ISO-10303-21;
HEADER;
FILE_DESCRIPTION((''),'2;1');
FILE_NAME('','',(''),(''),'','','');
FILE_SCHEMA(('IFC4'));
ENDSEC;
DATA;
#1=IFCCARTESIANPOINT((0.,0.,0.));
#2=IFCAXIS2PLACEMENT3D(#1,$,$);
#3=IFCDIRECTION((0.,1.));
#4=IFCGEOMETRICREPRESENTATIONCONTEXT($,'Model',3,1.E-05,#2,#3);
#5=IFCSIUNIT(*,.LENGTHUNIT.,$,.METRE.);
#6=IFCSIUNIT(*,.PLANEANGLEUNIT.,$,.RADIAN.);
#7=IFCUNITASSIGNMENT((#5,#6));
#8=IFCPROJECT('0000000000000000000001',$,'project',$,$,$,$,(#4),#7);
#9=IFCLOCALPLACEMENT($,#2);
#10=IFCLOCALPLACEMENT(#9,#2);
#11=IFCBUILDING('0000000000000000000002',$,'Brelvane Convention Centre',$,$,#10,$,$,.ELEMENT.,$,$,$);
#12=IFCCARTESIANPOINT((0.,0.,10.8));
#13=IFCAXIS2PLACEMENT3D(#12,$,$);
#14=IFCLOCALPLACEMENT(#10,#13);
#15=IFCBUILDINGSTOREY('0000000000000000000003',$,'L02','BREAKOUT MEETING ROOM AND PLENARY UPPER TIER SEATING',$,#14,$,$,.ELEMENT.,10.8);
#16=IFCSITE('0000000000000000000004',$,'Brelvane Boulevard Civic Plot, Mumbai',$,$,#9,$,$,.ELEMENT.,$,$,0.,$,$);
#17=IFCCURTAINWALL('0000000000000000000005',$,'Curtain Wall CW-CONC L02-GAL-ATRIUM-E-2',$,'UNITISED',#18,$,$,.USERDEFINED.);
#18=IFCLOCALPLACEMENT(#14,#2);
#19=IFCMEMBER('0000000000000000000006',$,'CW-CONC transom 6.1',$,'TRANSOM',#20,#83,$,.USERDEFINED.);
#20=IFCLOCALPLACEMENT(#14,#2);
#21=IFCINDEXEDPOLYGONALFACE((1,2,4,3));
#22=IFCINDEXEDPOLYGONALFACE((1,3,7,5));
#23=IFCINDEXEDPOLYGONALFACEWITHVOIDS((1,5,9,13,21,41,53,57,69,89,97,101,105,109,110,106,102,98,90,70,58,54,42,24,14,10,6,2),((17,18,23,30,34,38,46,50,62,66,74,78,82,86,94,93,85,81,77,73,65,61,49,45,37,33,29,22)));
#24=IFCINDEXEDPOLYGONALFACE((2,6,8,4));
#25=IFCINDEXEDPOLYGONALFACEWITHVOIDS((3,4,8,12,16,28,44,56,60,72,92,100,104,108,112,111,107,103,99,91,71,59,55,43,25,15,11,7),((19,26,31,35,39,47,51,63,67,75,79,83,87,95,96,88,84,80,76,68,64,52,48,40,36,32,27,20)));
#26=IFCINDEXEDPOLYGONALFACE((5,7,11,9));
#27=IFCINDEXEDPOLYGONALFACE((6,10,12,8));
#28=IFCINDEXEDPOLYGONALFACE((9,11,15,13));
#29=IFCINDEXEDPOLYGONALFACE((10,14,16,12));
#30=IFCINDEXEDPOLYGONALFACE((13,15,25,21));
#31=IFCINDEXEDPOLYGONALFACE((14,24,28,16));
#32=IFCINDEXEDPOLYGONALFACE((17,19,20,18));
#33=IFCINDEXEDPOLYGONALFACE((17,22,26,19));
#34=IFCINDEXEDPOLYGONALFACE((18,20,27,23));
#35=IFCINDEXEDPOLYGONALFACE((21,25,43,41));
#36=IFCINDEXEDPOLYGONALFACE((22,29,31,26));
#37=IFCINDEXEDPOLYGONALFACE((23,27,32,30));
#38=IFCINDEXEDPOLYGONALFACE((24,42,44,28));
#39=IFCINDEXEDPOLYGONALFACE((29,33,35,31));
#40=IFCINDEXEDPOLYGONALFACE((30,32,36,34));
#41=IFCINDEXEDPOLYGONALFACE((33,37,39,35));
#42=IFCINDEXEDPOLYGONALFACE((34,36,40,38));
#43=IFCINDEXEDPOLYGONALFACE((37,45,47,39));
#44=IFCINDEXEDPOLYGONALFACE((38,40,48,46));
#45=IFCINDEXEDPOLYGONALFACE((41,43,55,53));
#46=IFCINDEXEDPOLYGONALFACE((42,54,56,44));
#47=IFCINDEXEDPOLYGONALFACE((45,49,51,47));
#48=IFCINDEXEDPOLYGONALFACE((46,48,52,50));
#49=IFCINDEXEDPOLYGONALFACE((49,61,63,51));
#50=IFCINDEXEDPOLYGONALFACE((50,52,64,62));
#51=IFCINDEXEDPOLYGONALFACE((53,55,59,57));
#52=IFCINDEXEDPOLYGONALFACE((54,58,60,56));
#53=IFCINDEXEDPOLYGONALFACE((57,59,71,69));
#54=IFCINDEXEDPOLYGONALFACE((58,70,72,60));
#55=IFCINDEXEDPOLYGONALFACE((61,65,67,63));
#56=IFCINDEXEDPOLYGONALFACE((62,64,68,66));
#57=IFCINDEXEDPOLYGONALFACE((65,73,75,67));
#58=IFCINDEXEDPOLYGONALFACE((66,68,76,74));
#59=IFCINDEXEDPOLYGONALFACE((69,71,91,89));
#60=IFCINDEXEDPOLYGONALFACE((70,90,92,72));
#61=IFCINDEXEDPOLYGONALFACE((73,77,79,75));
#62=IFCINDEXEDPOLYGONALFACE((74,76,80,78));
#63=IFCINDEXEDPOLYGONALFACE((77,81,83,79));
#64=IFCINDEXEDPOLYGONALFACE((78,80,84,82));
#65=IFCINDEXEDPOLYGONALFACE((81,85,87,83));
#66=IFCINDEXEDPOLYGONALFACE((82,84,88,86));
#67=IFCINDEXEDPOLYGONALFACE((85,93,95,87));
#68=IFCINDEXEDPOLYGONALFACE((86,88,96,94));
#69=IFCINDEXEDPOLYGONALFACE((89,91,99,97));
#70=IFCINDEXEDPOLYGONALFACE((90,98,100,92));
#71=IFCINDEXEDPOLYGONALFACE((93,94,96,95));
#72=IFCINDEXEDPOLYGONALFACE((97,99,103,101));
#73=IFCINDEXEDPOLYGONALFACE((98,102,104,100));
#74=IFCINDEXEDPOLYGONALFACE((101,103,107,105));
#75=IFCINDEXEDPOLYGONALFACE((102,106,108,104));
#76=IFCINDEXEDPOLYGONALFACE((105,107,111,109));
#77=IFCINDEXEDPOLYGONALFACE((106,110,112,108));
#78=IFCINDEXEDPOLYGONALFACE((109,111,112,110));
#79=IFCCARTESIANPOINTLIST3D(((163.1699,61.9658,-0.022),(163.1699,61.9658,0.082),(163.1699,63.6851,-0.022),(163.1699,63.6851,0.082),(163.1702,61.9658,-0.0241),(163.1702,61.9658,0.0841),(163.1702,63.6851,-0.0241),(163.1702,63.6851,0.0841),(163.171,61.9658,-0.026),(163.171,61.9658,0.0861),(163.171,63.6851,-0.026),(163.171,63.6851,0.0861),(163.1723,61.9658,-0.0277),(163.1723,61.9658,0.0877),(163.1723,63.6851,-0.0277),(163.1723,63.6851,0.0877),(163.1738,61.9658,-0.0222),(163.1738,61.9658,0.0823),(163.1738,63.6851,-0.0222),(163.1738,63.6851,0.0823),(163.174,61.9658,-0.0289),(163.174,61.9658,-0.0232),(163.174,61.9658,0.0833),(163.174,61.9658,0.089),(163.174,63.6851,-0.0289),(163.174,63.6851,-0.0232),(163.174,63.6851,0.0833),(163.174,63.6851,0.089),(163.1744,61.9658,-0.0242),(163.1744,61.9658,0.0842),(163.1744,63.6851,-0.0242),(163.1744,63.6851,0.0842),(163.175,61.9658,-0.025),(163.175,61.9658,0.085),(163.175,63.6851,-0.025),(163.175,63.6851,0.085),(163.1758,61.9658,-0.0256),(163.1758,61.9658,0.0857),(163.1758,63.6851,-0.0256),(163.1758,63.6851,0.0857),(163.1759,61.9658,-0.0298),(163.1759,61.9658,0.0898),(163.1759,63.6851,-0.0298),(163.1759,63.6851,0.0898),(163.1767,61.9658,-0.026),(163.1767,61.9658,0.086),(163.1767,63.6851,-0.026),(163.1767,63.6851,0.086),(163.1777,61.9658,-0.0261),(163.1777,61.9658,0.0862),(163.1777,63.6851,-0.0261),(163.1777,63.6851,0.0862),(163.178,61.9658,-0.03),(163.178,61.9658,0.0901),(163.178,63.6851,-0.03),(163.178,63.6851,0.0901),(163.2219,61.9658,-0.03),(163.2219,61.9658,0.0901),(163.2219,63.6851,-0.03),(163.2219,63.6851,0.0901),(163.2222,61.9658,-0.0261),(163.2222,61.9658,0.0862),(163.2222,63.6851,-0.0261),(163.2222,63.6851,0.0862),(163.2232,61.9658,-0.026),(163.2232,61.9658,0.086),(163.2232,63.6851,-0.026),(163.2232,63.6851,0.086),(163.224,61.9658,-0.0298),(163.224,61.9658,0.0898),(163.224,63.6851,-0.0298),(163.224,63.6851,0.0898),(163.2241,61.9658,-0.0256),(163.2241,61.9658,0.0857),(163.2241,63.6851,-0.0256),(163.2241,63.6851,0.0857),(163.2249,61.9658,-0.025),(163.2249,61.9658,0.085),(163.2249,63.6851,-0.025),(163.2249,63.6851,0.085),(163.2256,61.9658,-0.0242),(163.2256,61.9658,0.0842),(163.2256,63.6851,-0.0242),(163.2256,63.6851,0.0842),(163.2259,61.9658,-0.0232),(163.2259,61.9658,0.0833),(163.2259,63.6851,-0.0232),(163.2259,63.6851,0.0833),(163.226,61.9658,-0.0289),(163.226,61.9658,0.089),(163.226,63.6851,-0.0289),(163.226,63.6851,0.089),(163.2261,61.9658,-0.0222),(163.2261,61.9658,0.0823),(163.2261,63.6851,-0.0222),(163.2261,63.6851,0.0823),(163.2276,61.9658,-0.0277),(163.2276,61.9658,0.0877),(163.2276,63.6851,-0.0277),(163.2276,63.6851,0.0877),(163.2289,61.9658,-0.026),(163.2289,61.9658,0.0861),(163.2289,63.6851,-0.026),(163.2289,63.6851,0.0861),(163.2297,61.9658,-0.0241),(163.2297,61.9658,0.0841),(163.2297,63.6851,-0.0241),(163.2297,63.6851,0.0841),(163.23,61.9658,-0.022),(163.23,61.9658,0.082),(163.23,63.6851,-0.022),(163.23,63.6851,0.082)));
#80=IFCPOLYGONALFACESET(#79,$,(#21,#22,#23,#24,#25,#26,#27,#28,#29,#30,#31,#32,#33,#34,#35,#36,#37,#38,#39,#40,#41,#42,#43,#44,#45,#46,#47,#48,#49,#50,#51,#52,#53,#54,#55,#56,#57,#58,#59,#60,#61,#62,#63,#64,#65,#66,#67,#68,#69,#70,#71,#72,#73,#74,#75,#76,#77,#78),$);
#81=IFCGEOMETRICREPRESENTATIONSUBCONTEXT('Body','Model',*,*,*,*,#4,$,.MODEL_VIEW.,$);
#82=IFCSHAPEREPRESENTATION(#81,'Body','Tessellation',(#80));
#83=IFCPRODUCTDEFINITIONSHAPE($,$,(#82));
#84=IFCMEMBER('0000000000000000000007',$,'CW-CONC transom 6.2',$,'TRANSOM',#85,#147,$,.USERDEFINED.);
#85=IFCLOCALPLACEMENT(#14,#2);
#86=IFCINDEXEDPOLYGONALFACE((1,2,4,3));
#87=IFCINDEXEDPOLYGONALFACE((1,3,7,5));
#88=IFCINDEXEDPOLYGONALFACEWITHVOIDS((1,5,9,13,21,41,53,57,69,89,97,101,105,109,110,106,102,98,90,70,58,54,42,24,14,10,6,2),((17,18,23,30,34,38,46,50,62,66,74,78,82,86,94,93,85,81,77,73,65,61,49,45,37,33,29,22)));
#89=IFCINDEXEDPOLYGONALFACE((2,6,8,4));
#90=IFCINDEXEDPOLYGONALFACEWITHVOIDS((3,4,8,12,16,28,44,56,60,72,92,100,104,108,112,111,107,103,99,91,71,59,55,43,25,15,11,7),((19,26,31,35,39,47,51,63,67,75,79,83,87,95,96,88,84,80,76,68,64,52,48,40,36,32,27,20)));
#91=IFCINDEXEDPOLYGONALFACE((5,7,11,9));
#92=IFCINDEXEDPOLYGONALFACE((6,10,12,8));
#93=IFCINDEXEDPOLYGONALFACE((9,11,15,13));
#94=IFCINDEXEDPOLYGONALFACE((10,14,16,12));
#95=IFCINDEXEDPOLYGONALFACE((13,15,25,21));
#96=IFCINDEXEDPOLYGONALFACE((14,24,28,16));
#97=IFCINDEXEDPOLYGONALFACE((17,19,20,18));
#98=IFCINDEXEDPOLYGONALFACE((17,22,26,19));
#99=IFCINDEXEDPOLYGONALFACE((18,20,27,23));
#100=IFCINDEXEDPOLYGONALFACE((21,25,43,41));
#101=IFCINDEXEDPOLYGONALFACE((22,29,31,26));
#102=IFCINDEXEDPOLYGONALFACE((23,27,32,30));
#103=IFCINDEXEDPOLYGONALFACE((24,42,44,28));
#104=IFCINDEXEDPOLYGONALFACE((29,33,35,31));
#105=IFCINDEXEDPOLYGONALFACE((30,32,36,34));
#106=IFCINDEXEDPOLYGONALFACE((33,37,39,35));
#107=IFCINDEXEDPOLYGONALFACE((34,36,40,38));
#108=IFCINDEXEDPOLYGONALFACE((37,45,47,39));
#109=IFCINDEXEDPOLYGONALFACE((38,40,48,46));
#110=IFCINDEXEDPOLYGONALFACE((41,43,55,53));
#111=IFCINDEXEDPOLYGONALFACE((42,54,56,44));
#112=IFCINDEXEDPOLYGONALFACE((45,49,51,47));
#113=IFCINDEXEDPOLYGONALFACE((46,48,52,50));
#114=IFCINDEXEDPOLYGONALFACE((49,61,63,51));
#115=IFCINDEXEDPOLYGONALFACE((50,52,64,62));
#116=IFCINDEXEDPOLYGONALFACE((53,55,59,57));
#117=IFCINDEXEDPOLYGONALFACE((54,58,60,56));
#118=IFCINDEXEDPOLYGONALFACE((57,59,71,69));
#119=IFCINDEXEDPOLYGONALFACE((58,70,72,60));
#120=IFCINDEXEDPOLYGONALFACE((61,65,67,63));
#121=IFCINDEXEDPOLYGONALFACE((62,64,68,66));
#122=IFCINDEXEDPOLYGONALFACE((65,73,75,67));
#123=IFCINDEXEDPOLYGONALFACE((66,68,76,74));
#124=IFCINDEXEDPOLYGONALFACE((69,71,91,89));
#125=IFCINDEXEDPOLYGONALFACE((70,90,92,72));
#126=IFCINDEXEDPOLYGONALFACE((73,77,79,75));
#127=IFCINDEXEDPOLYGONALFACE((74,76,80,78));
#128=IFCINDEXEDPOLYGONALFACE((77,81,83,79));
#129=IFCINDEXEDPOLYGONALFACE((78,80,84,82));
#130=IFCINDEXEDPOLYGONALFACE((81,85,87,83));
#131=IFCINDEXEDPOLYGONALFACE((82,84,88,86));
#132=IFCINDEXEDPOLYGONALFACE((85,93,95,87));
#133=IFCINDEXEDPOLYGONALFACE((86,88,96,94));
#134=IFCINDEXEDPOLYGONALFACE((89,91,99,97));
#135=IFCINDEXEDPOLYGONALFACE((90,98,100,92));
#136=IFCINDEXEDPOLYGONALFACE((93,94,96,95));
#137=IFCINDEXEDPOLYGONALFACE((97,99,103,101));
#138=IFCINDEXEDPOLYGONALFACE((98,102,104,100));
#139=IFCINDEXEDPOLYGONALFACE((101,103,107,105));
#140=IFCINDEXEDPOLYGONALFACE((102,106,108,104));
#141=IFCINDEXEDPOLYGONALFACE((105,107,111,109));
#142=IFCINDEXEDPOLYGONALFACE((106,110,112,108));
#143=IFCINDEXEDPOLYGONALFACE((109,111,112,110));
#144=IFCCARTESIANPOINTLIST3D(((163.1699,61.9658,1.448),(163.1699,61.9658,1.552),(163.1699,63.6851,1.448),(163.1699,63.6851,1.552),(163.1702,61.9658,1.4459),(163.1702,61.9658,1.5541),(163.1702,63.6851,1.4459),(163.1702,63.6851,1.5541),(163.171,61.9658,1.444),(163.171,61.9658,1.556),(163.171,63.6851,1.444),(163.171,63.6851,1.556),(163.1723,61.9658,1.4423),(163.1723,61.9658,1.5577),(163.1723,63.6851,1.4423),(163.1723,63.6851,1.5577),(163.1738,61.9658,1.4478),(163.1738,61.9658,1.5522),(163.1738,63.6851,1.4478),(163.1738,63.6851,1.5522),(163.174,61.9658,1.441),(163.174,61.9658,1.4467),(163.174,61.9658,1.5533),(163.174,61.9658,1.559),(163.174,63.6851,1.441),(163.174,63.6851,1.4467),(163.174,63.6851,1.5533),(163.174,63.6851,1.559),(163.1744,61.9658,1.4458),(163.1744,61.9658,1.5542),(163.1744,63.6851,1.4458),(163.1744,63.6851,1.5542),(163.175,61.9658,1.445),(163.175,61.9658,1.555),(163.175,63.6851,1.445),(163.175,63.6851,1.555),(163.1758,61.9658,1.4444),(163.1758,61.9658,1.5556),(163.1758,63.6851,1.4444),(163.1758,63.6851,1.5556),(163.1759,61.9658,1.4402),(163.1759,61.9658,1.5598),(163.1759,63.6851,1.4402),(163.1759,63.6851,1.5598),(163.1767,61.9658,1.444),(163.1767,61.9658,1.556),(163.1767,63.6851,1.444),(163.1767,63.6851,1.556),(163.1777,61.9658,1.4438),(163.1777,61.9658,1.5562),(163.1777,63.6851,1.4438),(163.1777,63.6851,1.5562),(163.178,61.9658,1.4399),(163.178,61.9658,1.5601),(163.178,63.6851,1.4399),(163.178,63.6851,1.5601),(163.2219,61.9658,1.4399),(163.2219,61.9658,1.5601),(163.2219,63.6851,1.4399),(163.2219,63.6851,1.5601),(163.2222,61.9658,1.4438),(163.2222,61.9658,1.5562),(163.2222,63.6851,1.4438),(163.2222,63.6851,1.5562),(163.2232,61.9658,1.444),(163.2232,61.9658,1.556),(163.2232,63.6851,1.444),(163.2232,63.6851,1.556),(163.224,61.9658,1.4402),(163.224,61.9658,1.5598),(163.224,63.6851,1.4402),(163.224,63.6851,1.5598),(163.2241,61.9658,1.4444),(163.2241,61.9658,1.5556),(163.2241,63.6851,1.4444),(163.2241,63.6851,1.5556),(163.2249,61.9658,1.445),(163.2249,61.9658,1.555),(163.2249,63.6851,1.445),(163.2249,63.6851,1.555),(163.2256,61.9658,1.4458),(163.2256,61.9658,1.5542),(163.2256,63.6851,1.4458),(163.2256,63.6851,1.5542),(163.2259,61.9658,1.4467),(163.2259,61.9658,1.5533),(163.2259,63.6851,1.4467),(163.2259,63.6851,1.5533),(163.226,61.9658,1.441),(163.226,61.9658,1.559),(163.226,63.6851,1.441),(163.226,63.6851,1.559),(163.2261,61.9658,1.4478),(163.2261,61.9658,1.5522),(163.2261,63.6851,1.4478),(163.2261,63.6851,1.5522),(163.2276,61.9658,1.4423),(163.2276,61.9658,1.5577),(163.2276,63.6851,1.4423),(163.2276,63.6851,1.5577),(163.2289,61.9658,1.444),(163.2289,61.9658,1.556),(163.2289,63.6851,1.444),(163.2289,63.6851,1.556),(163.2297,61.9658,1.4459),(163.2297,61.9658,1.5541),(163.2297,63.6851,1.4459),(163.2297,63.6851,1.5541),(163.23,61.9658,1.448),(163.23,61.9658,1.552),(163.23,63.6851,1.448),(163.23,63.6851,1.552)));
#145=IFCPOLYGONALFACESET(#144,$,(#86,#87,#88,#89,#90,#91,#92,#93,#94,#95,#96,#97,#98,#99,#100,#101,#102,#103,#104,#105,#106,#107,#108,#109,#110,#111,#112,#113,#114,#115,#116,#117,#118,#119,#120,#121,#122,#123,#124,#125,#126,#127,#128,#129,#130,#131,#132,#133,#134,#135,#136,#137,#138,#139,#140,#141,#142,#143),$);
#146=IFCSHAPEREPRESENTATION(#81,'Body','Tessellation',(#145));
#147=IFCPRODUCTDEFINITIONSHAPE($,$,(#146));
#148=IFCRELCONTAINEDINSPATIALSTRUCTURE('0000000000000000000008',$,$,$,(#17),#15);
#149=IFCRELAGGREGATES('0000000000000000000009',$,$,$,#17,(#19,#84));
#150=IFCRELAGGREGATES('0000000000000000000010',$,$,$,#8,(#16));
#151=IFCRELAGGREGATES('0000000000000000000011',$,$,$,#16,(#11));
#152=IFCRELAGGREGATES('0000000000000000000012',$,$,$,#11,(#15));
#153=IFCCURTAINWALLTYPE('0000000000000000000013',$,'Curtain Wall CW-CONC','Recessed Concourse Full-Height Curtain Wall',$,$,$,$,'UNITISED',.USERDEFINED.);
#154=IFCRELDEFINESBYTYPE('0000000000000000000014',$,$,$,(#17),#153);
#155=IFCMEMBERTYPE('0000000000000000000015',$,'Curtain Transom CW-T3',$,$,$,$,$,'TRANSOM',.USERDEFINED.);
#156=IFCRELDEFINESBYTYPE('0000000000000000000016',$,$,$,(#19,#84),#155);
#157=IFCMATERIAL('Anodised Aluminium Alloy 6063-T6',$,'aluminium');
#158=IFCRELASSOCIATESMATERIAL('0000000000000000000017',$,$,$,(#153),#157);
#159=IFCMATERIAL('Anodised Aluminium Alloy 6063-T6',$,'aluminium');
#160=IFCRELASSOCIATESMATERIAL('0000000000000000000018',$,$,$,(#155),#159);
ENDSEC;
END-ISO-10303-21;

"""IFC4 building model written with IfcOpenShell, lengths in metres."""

from ifc_helpers import new_model, si_unit, direction, frame, origin, origin_2d, place, context, subcontext, project, spatial, hollow_rectangle, extrude, material, material_profile, profile_set, type_object, element, aggregate, save


model = new_model("IFC4")

# Units and contexts
model_context = context("Model", 3, precision=1e-05, world=origin(), true_north=direction((0.0, 1.0)))
body_context = subcontext(model_context, "Body", "Model", "MODEL_VIEW")
ifc_project = project(units=[si_unit("LENGTHUNIT", "METRE"), si_unit("PLANEANGLEUNIT", "RADIAN")], contexts=[model_context])

# Site, building, storey
site_placement = place(None, origin())
site = spatial("IfcSite", under=ifc_project, at=site_placement, Name="Brelvane Boulevard Civic Plot, Mumbai", CompositionType="ELEMENT", RefElevation=0.0)
building_placement = place(site_placement, origin())
building = spatial("IfcBuilding", under=site, at=building_placement, Name="Brelvane Convention Centre", CompositionType="ELEMENT")
storey_placement = place(building_placement, frame((0.0, 0.0, 10.8)))
storey = spatial("IfcBuildingStorey", under=building, at=storey_placement, Name="L02", Description="BREAKOUT MEETING ROOM AND PLENARY UPPER TIER SEATING", CompositionType="ELEMENT", Elevation=10.8)

# Curtain wall, members
ifc_material_1 = material(Name="Anodised Aluminium Alloy 6063-T6", Category="aluminium")
curtain_wall_type = type_object("IfcCurtainWallType", Name="Curtain Wall CW-CONC", Description="Recessed Concourse Full-Height Curtain Wall", ElementType="UNITISED", PredefinedType="USERDEFINED", material=ifc_material_1)
curtain_wall_placement = place(storey_placement, origin())
curtain_wall = element("IfcCurtainWall", 1, at=curtain_wall_placement, inside=storey, type_object=curtain_wall_type, Name="Curtain Wall CW-CONC L02-GAL-ATRIUM-E-2", ObjectType="UNITISED", PredefinedType="USERDEFINED")
ifc_material_2 = material(Name="Anodised Aluminium Alloy 6063-T6", Category="aluminium")
ifc_material_profile_1 = material_profile(ifc_material_2, hollow_rectangle(XDim=0.0601, YDim=0.1201, WallThickness=0.0039, InnerFilletRadius=0.0039, OuterFilletRadius=0.0081, at=origin_2d()), Name="ALU-T 120x60x4.0")
ifc_profile_set_1 = profile_set([ifc_material_profile_1], Name="Anodised Aluminium Alloy 6063-T6")
member_type_1 = type_object("IfcMemberType", Name="Curtain Transom CW-T3", ElementType="TRANSOM", PredefinedType="USERDEFINED", material=ifc_profile_set_1)
member_1_placement = place(storey_placement, frame((163.2, 61.9658, 0.03), z_axis=(0.0, 1.0, 0.0), x_axis=(-1.0, 0.0, 0.0)))
member_1 = element("IfcMember", 2, at=member_1_placement, type_object=member_type_1, Name="CW-CONC transom 6.1", ObjectType="TRANSOM", PredefinedType="USERDEFINED", context=body_context, shape_type="SweptSolid", body=[
    extrude(hollow_rectangle(XDim=0.0601, YDim=0.1201, WallThickness=0.0039, InnerFilletRadius=0.0039, OuterFilletRadius=0.0081, at=origin_2d()), origin(), (0.0, 0.0, 1.0), 1.7192),
])
member_2_placement = place(storey_placement, frame((163.2, 61.9658, 1.5), z_axis=(0.0, 1.0, 0.0), x_axis=(-1.0, 0.0, 0.0)))
member_2 = element("IfcMember", 3, at=member_2_placement, type_object=member_type_1, Name="CW-CONC transom 6.2", ObjectType="TRANSOM", PredefinedType="USERDEFINED", context=body_context, shape_type="SweptSolid", body=[
    extrude(hollow_rectangle(XDim=0.0601, YDim=0.1201, WallThickness=0.0039, InnerFilletRadius=0.0039, OuterFilletRadius=0.0081, at=origin_2d()), origin(), (0.0, 0.0, 1.0), 1.7192),
])

aggregate(curtain_wall, [member_1, member_2])

save(model, "model.ifc")
